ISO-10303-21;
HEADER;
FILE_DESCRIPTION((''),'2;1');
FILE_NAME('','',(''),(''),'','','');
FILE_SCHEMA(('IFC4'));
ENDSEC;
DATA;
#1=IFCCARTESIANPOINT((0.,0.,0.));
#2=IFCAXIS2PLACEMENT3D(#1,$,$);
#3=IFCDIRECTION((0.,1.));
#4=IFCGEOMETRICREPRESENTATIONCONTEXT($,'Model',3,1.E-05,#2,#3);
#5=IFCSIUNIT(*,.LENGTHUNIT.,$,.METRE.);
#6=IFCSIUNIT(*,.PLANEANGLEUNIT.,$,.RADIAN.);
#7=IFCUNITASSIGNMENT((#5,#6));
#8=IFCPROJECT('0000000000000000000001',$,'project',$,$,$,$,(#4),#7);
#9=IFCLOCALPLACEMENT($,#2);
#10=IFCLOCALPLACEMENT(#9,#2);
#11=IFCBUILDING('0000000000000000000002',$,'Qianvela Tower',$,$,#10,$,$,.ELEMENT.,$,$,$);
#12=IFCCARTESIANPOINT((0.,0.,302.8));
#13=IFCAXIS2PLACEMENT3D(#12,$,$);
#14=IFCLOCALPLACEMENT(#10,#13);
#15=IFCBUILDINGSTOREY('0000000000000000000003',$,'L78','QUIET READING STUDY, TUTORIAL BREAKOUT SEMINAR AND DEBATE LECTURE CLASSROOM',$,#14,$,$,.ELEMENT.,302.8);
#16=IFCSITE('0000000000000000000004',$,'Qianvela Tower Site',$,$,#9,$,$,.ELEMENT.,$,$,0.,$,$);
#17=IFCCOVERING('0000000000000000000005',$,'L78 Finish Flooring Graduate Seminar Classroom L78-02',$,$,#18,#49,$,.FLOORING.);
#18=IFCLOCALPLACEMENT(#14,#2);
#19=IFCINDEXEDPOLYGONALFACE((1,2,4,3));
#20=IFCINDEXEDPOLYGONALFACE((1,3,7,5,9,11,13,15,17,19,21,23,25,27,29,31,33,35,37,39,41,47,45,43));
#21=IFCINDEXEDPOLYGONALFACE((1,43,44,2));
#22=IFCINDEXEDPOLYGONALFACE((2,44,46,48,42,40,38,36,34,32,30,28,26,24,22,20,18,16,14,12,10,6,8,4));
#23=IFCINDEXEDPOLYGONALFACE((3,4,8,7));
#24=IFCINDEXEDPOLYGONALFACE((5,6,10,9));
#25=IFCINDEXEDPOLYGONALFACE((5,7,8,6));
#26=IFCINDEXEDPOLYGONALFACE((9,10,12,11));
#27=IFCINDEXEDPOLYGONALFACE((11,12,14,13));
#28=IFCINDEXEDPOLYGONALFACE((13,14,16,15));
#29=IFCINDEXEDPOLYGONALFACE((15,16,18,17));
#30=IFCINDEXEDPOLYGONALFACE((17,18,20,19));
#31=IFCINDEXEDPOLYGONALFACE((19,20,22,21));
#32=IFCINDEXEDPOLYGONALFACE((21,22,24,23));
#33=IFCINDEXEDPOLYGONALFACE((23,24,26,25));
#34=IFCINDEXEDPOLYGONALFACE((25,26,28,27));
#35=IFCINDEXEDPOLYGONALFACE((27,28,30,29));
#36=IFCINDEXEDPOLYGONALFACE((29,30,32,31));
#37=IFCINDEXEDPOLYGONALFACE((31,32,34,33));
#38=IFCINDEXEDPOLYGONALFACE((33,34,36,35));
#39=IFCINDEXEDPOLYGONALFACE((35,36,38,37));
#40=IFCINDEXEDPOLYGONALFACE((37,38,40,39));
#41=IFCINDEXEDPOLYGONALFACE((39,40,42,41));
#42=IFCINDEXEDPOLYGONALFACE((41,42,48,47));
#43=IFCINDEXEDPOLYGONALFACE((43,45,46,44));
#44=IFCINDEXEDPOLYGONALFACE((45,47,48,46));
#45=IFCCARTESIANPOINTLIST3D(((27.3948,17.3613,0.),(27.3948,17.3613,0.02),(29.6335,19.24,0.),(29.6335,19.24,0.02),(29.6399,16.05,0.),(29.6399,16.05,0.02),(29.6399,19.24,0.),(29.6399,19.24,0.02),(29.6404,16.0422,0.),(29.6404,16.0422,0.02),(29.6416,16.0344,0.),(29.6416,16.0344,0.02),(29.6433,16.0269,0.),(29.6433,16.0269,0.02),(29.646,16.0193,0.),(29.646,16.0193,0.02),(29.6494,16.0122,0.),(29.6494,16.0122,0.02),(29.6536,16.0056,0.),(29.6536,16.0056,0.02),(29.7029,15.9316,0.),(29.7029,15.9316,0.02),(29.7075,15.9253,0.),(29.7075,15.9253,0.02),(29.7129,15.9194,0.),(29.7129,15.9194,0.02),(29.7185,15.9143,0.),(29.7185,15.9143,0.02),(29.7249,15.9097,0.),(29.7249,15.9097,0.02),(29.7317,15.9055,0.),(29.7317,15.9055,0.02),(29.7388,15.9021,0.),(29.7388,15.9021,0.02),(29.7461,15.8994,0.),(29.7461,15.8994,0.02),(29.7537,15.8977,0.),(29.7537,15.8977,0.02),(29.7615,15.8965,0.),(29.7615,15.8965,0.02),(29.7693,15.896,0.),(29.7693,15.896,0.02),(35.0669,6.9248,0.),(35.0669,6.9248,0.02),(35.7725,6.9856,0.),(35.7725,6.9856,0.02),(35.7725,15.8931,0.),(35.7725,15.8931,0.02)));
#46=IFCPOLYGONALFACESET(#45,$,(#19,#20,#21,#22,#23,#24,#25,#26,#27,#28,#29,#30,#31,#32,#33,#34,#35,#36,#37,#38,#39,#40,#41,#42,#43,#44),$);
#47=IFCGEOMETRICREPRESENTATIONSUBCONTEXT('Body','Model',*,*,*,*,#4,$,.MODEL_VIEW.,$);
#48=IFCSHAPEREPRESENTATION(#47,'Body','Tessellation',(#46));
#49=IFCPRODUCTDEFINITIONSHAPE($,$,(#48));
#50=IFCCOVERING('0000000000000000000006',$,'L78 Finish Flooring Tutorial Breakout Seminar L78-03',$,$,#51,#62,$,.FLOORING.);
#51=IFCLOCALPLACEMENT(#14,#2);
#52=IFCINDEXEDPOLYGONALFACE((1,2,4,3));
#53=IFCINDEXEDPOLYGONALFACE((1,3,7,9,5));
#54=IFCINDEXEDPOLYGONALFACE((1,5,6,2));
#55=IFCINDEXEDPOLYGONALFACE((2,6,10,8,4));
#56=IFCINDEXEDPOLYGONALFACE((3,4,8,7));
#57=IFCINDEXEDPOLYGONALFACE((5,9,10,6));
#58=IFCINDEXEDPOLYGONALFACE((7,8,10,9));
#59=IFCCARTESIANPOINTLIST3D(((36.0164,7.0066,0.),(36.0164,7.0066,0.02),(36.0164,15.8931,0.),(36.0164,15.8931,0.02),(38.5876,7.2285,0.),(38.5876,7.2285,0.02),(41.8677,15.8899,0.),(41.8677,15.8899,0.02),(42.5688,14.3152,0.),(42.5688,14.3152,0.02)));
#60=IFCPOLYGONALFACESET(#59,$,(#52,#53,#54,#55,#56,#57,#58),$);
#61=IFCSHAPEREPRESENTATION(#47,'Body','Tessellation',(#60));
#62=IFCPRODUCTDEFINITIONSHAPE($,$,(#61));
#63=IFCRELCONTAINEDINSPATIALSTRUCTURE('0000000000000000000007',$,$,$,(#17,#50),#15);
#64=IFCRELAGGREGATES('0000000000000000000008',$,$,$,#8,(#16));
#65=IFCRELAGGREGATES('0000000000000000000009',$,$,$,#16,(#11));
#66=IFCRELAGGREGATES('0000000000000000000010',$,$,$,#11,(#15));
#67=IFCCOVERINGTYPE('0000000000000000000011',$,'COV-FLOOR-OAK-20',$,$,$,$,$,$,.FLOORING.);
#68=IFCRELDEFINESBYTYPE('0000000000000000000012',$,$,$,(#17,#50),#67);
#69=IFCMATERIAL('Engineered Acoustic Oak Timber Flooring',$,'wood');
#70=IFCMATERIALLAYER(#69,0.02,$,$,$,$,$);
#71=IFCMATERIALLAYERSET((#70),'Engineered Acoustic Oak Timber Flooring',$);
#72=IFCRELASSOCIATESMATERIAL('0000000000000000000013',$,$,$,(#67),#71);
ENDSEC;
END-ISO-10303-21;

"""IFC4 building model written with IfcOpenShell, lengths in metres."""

from ifc_helpers import new_model, si_unit, direction, frame, origin, place, context, subcontext, project, spatial, polyline, outline, extrude, material, layer, layer_set, type_object, element, save


model = new_model("IFC4")

# Units and contexts
model_context = context("Model", 3, precision=1e-05, world=origin(), true_north=direction((0.0, 1.0)))
body_context = subcontext(model_context, "Body", "Model", "MODEL_VIEW")
ifc_project = project(units=[si_unit("LENGTHUNIT", "METRE"), si_unit("PLANEANGLEUNIT", "RADIAN")], contexts=[model_context])

# Site, building, storey
site_placement = place(None, origin())
site = spatial("IfcSite", under=ifc_project, at=site_placement, Name="Qianvela Tower Site", CompositionType="ELEMENT", RefElevation=0.0)
building_placement = place(site_placement, origin())
building = spatial("IfcBuilding", under=site, at=building_placement, Name="Qianvela Tower", CompositionType="ELEMENT")
storey_placement = place(building_placement, frame((0.0, 0.0, 302.8)))
storey = spatial("IfcBuildingStorey", under=building, at=storey_placement, Name="L78", Description="QUIET READING STUDY, TUTORIAL BREAKOUT SEMINAR AND DEBATE LECTURE CLASSROOM", CompositionType="ELEMENT", Elevation=302.8)

# Coverings
ifc_material_1 = material(Name="Engineered Acoustic Oak Timber Flooring", Category="wood")
ifc_layer_1 = layer(ifc_material_1, 0.02)
ifc_layer_set_1 = layer_set([ifc_layer_1], Name="Engineered Acoustic Oak Timber Flooring")
covering_type_1 = type_object("IfcCoveringType", Name="COV-FLOOR-OAK-20", PredefinedType="FLOORING", material=ifc_layer_set_1)
covering_1_placement = place(storey_placement, origin())
element("IfcCovering", 1, at=covering_1_placement, inside=storey, type_object=covering_type_1, Name="L78 Finish Flooring Graduate Seminar Classroom L78-02", PredefinedType="FLOORING", context=body_context, shape_type="SweptSolid", body=[
    extrude(outline(polyline([(29.6335, 19.24), (29.6399, 19.24), (29.6399, 16.05), (29.6404, 16.0422), (29.6416, 16.0344), (29.6433, 16.0269), (29.646, 16.0193), (29.6494, 16.0122), (29.6536, 16.0056), (29.7029, 15.9316), (29.7075, 15.9253), (29.7129, 15.9194), (29.7185, 15.9143), (29.7249, 15.9097), (29.7317, 15.9055), (29.7388, 15.9021), (29.7461, 15.8994), (29.7537, 15.8977), (29.7615, 15.8965), (29.7693, 15.896), (35.7725, 15.8931), (35.7725, 6.9856), (35.0669, 6.9248), (27.3948, 17.3613), (29.6335, 19.24)])), origin(), (0.0, 0.0, 1.0), 0.02),
])
covering_2_placement = place(storey_placement, origin())
element("IfcCovering", 2, at=covering_2_placement, inside=storey, type_object=covering_type_1, Name="L78 Finish Flooring Tutorial Breakout Seminar L78-03", PredefinedType="FLOORING", context=body_context, shape_type="SweptSolid", body=[
    extrude(outline(polyline([(42.5688, 14.3152), (38.5876, 7.2285), (36.0164, 7.0066), (36.0164, 15.8931), (41.8677, 15.8899), (42.5688, 14.3152)])), origin(), (0.0, 0.0, 1.0), 0.02),
])

save(model, "model.ifc")
